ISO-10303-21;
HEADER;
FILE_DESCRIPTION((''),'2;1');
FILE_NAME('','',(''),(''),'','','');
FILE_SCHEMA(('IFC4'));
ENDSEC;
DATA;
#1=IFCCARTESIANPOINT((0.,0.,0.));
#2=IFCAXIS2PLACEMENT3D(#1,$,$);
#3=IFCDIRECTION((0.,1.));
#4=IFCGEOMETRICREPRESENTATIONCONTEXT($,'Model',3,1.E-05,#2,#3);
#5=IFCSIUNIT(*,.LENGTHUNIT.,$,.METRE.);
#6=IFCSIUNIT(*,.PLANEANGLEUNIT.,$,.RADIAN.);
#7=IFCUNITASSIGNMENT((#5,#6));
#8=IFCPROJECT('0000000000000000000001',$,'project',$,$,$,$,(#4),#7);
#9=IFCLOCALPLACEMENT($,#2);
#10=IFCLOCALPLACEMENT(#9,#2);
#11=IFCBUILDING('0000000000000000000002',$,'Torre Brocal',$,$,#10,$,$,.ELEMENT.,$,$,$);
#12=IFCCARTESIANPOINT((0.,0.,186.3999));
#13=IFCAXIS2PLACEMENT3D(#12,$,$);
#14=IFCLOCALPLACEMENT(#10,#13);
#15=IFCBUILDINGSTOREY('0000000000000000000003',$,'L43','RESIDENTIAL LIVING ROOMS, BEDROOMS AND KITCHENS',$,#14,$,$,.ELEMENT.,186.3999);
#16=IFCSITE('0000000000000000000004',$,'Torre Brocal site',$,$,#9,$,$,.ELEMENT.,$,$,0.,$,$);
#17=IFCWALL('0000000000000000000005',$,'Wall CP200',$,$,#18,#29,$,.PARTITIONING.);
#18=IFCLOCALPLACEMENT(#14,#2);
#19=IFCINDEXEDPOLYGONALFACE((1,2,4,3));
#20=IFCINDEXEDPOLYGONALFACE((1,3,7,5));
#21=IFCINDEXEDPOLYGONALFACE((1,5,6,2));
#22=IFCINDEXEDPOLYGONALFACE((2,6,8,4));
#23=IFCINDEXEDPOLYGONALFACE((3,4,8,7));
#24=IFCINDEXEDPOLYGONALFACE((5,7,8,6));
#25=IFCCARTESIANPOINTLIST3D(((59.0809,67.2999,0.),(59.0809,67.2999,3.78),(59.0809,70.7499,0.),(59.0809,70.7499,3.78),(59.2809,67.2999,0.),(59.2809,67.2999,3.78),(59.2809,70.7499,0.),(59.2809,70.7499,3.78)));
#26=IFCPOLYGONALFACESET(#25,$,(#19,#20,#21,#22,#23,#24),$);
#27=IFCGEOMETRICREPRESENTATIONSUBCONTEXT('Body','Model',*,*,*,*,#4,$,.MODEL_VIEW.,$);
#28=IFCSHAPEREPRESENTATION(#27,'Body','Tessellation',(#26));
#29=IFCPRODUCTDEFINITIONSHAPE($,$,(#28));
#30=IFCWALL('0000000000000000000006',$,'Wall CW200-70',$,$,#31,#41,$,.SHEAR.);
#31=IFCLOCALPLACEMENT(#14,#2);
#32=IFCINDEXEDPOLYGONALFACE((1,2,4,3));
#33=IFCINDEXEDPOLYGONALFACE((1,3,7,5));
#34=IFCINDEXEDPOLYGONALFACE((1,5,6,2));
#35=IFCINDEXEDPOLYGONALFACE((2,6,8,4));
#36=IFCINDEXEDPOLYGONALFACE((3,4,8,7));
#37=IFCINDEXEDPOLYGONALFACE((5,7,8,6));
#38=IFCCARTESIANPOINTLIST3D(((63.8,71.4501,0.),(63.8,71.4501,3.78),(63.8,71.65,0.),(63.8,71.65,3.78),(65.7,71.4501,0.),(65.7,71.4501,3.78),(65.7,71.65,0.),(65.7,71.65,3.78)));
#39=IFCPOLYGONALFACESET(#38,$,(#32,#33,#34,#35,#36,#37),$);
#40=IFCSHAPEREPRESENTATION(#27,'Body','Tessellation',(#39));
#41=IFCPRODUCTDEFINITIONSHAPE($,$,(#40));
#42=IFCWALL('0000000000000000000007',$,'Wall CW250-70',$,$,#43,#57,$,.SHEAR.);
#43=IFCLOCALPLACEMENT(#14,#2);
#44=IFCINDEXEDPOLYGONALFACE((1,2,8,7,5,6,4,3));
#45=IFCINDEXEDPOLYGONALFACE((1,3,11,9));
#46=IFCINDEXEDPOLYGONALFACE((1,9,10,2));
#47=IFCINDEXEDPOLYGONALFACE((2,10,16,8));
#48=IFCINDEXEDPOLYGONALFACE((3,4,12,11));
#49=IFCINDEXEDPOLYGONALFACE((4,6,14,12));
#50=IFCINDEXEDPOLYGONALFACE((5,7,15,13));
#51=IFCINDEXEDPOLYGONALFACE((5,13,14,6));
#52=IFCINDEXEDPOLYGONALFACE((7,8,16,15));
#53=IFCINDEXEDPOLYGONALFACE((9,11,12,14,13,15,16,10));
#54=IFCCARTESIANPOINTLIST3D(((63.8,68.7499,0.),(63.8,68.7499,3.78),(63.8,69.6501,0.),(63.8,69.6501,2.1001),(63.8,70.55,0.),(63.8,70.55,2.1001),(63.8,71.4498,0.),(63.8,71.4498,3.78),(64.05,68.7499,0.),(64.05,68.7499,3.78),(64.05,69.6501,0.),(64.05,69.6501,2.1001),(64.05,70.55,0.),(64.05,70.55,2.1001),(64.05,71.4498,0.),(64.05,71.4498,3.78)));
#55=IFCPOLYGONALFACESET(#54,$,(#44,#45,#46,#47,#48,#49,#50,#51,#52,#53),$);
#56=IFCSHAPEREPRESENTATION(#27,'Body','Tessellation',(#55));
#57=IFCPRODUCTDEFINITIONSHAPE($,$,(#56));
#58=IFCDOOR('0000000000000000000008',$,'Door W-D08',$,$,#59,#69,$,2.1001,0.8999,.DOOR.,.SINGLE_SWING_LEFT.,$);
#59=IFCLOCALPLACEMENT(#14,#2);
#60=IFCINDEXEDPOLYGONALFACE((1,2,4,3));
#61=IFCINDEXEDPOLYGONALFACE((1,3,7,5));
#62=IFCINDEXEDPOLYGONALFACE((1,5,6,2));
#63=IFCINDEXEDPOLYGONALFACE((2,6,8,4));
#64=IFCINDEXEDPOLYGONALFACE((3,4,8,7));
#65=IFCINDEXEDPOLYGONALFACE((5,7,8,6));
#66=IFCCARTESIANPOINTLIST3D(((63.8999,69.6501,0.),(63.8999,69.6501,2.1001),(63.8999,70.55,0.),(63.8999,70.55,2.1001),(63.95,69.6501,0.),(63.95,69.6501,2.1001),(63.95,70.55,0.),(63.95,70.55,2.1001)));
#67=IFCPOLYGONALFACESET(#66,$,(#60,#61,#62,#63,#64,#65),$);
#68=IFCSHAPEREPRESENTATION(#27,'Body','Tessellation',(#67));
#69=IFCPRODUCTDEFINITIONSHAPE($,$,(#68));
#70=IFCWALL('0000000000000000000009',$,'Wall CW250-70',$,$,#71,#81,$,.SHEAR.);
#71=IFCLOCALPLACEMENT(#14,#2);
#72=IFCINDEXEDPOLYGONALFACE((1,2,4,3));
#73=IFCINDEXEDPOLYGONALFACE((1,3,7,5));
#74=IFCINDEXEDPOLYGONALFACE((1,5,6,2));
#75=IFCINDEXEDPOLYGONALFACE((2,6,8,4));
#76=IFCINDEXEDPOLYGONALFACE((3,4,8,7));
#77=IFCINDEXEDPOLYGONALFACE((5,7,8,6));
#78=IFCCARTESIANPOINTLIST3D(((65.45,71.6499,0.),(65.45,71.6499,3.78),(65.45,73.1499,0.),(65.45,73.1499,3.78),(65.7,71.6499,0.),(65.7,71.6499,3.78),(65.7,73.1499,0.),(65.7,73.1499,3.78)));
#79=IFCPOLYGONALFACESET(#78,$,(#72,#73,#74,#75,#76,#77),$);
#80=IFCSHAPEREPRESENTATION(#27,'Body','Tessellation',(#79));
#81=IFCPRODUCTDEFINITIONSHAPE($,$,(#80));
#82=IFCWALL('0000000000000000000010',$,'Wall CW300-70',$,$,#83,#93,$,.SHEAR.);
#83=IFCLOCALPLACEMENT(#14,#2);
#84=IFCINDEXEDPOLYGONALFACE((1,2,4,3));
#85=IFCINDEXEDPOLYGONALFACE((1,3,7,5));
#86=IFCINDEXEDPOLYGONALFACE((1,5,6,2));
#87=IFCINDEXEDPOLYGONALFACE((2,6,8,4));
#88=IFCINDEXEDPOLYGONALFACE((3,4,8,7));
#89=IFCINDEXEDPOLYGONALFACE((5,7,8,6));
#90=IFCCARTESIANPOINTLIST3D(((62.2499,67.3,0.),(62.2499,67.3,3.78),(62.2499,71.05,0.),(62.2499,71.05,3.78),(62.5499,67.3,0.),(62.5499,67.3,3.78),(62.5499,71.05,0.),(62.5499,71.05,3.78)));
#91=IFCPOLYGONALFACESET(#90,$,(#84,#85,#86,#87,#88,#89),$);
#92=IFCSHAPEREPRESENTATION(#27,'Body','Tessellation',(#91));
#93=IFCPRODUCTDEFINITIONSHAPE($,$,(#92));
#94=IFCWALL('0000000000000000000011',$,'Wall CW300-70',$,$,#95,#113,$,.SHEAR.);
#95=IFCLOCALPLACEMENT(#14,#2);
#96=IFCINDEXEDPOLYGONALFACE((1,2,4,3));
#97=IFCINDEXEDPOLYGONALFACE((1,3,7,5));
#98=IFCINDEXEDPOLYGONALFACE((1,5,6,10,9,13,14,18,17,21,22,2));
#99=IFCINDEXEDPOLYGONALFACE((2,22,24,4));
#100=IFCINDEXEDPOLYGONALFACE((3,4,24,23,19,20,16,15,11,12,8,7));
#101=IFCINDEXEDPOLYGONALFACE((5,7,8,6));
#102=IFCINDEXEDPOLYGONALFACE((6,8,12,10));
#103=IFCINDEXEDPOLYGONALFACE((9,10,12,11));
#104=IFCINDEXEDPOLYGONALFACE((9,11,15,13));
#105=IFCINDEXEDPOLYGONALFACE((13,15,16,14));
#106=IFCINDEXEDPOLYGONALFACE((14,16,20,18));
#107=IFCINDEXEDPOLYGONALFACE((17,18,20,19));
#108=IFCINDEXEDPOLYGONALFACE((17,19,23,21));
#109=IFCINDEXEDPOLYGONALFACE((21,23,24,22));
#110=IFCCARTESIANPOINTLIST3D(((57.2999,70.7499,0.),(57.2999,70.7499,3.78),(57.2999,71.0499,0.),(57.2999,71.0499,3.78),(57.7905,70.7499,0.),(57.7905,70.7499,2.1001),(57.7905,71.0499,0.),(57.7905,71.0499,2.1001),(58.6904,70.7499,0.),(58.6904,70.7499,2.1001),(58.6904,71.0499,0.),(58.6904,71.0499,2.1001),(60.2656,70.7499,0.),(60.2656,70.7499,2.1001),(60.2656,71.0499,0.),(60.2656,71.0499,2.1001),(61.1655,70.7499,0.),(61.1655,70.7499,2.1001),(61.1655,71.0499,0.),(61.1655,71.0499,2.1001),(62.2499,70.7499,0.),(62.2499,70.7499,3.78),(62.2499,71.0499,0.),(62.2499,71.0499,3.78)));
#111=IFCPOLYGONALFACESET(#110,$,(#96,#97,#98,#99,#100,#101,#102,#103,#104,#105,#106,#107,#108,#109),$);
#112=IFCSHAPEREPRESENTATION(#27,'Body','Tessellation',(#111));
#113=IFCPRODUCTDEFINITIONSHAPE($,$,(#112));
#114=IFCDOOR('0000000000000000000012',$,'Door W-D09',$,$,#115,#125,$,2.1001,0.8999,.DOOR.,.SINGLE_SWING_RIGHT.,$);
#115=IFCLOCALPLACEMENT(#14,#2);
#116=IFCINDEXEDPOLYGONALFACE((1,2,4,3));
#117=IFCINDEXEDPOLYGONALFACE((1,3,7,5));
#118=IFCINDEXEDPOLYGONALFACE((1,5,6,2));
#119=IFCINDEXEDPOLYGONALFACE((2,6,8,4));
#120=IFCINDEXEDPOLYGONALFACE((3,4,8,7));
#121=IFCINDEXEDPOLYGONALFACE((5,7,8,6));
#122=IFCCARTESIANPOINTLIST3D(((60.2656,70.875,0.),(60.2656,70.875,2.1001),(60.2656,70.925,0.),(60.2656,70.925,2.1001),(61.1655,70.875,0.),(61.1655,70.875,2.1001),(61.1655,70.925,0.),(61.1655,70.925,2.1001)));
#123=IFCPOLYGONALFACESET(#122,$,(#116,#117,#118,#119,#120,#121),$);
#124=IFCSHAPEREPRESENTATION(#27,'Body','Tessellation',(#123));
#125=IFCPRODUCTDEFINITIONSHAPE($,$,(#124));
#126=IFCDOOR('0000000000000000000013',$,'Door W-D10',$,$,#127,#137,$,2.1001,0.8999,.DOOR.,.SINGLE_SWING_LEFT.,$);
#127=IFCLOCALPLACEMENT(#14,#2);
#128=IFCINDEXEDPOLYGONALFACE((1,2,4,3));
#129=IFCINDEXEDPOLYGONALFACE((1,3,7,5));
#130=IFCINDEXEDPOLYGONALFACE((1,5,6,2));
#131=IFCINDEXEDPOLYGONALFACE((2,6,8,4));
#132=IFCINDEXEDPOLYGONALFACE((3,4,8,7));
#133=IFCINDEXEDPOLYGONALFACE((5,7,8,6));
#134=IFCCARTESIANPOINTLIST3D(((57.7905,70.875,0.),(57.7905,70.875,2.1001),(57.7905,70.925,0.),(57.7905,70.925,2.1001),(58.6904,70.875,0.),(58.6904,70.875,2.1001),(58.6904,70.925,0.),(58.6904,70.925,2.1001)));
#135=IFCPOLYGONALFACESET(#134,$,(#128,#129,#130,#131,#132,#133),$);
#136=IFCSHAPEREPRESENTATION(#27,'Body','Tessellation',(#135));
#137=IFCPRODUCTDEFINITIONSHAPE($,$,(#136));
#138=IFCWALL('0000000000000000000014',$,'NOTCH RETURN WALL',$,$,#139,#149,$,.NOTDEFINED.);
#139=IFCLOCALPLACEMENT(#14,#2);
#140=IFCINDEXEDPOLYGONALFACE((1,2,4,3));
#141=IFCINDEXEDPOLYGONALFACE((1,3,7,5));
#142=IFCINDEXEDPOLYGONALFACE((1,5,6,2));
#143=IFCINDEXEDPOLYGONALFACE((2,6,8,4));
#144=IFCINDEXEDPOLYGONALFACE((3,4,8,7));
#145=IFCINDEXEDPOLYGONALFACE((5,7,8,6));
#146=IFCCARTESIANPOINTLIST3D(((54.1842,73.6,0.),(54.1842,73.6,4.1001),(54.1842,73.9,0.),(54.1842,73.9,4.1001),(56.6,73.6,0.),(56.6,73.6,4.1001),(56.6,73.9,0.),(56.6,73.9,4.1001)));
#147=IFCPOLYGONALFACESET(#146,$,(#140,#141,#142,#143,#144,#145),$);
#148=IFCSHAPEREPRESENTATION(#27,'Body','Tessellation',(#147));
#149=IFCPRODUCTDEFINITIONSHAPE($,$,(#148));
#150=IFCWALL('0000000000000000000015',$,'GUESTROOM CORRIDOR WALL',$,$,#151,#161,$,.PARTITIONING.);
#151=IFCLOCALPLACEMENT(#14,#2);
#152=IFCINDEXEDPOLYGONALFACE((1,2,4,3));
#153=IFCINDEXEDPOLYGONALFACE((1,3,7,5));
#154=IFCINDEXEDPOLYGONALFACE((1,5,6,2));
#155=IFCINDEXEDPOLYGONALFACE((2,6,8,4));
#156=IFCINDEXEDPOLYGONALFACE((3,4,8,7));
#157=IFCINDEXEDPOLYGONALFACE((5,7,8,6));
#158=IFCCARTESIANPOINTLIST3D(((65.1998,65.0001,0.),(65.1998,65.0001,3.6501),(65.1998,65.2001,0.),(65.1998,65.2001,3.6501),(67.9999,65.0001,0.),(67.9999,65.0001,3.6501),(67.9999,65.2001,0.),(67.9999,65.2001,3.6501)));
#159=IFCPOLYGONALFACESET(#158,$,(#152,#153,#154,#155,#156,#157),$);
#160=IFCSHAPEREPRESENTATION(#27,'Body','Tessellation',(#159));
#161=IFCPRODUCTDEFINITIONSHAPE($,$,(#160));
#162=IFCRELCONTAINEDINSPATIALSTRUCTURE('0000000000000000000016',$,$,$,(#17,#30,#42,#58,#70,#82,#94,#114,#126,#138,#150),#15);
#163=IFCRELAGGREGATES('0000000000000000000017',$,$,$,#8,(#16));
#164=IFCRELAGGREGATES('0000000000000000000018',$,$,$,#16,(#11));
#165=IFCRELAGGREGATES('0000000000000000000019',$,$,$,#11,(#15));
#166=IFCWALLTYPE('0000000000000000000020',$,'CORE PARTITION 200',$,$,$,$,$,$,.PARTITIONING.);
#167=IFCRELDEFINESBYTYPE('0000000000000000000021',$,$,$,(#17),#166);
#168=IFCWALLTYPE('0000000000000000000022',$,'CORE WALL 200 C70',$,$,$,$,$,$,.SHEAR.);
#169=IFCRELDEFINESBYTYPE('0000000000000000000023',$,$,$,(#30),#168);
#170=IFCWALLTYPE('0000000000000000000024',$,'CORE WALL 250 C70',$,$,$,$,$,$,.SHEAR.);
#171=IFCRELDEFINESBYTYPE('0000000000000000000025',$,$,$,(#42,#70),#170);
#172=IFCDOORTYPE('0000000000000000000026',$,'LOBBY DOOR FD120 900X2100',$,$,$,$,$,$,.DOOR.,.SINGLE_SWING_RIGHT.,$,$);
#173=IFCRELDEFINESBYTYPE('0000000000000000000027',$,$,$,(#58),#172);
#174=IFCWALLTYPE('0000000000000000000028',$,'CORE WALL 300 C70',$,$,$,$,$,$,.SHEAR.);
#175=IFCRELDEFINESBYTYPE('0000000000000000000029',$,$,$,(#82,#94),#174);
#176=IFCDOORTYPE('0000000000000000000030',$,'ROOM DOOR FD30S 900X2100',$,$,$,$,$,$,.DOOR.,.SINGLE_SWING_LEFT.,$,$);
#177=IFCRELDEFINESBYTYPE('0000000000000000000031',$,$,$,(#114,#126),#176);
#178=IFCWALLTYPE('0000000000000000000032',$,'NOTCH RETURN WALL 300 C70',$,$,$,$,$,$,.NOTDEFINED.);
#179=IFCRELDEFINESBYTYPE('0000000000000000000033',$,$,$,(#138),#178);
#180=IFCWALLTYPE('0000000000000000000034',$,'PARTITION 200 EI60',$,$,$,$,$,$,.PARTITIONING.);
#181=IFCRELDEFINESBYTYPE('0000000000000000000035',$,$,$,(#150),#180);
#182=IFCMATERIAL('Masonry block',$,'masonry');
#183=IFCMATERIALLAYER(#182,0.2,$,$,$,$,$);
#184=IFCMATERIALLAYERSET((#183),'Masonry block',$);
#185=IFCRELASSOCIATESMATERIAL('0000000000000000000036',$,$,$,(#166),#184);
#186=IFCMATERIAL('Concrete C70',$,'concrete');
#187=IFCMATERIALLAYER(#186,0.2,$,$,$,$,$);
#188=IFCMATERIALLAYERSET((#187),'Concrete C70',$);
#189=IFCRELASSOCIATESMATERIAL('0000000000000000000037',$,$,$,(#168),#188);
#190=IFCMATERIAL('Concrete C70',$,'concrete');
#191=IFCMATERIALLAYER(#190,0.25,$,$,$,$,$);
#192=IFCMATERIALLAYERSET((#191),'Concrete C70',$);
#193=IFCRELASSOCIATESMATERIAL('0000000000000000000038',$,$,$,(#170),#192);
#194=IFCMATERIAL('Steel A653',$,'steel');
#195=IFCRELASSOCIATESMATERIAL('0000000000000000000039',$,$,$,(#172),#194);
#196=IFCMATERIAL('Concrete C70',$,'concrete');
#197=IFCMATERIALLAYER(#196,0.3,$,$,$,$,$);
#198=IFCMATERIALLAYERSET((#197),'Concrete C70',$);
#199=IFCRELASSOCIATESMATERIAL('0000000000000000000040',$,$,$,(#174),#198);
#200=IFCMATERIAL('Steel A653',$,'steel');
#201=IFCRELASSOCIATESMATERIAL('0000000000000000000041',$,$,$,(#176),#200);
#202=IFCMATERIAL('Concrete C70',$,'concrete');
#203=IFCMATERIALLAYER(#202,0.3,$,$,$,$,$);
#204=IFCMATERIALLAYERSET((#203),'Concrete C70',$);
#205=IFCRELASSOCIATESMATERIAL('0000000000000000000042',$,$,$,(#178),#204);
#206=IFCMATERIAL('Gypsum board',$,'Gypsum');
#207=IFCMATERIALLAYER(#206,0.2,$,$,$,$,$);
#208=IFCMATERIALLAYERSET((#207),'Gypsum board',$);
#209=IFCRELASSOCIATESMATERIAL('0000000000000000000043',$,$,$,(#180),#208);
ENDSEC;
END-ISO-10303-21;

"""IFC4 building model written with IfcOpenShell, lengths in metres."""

from ifc_helpers import new_model, si_unit, direction, frame, frame_2d, origin, place, context, subcontext, project, spatial, rectangle, extrude, material, layer, layer_set, type_object, element, fill, save


model = new_model("IFC4")

# Units and contexts
model_context = context("Model", 3, precision=1e-05, world=origin(), true_north=direction((0.0, 1.0)))
body_context = subcontext(model_context, "Body", "Model", "MODEL_VIEW")
ifc_project = project(units=[si_unit("LENGTHUNIT", "METRE"), si_unit("PLANEANGLEUNIT", "RADIAN")], contexts=[model_context])

# Site, building, storey
site_placement = place(None, origin())
site = spatial("IfcSite", under=ifc_project, at=site_placement, Name="Torre Brocal site", CompositionType="ELEMENT", RefElevation=0.0)
building_placement = place(site_placement, origin())
building = spatial("IfcBuilding", under=site, at=building_placement, Name="Torre Brocal", CompositionType="ELEMENT")
storey_placement = place(building_placement, frame((0.0, 0.0, 186.3999)))
storey = spatial("IfcBuildingStorey", under=building, at=storey_placement, Name="L43", Description="RESIDENTIAL LIVING ROOMS, BEDROOMS AND KITCHENS", CompositionType="ELEMENT", Elevation=186.3999)

# Walls
ifc_material_1 = material(Name="Masonry block", Category="masonry")
ifc_layer_1 = layer(ifc_material_1, 0.2)
ifc_layer_set_1 = layer_set([ifc_layer_1], Name="Masonry block")
wall_type_1 = type_object("IfcWallType", Name="CORE PARTITION 200", PredefinedType="PARTITIONING", material=ifc_layer_set_1)
wall_1_placement = place(storey_placement, frame((59.1809, 70.75, 0.0), z_axis=(0.0, 0.0, 1.0), x_axis=(0.0, -1.0, 0.0)))
element("IfcWall", 1, at=wall_1_placement, inside=storey, type_object=wall_type_1, Name="Wall CP200", PredefinedType="PARTITIONING", context=body_context, shape_type="SweptSolid", body=[
    extrude(rectangle(XDim=3.45, YDim=0.2, at=frame_2d((1.7251, 0.0))), origin(), (0.0, 0.0, 1.0), 3.78),
])
ifc_material_2 = material(Name="Concrete C70", Category="concrete")
ifc_layer_2 = layer(ifc_material_2, 0.2)
ifc_layer_set_2 = layer_set([ifc_layer_2], Name="Concrete C70")
wall_type_2 = type_object("IfcWallType", Name="CORE WALL 200 C70", PredefinedType="SHEAR", material=ifc_layer_set_2)
wall_2_placement = place(storey_placement, frame((65.7, 71.55, 0.0), z_axis=(0.0, 0.0, 1.0), x_axis=(-1.0, 0.0, 0.0)))
element("IfcWall", 2, at=wall_2_placement, inside=storey, type_object=wall_type_2, Name="Wall CW200-70", PredefinedType="SHEAR", context=body_context, shape_type="SweptSolid", body=[
    extrude(rectangle(XDim=1.8999, YDim=0.2, at=frame_2d((0.95, 0.0))), origin(), (0.0, 0.0, 1.0), 3.78),
])

# Wall, opening, door
ifc_material_3 = material(Name="Concrete C70", Category="concrete")
ifc_layer_3 = layer(ifc_material_3, 0.25)
ifc_layer_set_3 = layer_set([ifc_layer_3], Name="Concrete C70")
wall_type_3 = type_object("IfcWallType", Name="CORE WALL 250 C70", PredefinedType="SHEAR", material=ifc_layer_set_3)
wall_3_placement = place(storey_placement, frame((63.925, 71.45, 0.0), z_axis=(0.0, 0.0, 1.0), x_axis=(0.0, -1.0, 0.0)))
wall_3 = element("IfcWall", 3, at=wall_3_placement, inside=storey, type_object=wall_type_3, Name="Wall CW250-70", PredefinedType="SHEAR", context=body_context, shape_type="SweptSolid", body=[
    extrude(rectangle(XDim=2.7, YDim=0.25, at=frame_2d((1.3501, 0.0))), origin(), (0.0, 0.0, 1.0), 3.78),
])
opening_1_placement = place(wall_3_placement, frame((0.8999, 0.0, 0.0)))
opening_1 = element("IfcOpeningElement", 4, at=opening_1_placement, cuts=wall_3, PredefinedType="OPENING", context=body_context, shape_type="SweptSolid", body=[
    extrude(rectangle(XDim=0.8999, YDim=2.1001, at=frame_2d((0.45, 1.05))), frame((0.0, 0.135, 0.0), z_axis=(0.0, -1.0, 0.0), x_axis=(1.0, 0.0, 0.0)), (0.0, 0.0, 1.0), 0.27),
])
ifc_material_4 = material(Name="Steel A653", Category="steel")
door_type_1 = type_object("IfcDoorType", Name="LOBBY DOOR FD120 900X2100", OperationType="SINGLE_SWING_RIGHT", PredefinedType="DOOR", material=ifc_material_4)
door_1_placement = place(opening_1_placement, origin())
door_1 = element("IfcDoor", 5, at=door_1_placement, inside=storey, type_object=door_type_1, Name="Door W-D08", OperationType="SINGLE_SWING_LEFT", OverallHeight=2.1001, OverallWidth=0.8999, PredefinedType="DOOR", context=body_context, shape_type="SweptSolid", body=[
    extrude(rectangle(XDim=0.8999, YDim=2.1001, at=frame_2d((0.45, 1.05))), frame((0.0, 0.0249, 0.0), z_axis=(0.0, -1.0, 0.0), x_axis=(1.0, 0.0, 0.0)), (0.0, 0.0, 1.0), 0.05),
])
fill(opening_1, door_1)

# Walls
wall_4_placement = place(storey_placement, frame((65.575, 73.1499, 0.0), z_axis=(0.0, 0.0, 1.0), x_axis=(0.0, -1.0, 0.0)))
element("IfcWall", 6, at=wall_4_placement, inside=storey, type_object=wall_type_3, Name="Wall CW250-70", PredefinedType="SHEAR", context=body_context, shape_type="SweptSolid", body=[
    extrude(rectangle(XDim=1.5, YDim=0.25, at=frame_2d((0.75, 0.0))), origin(), (0.0, 0.0, 1.0), 3.78),
])
ifc_material_5 = material(Name="Concrete C70", Category="concrete")
ifc_layer_4 = layer(ifc_material_5, 0.3)
ifc_layer_set_4 = layer_set([ifc_layer_4], Name="Concrete C70")
wall_type_4 = type_object("IfcWallType", Name="CORE WALL 300 C70", PredefinedType="SHEAR", material=ifc_layer_set_4)
wall_5_placement = place(storey_placement, frame((62.3999, 71.05, 0.0), z_axis=(0.0, 0.0, 1.0), x_axis=(0.0, -1.0, 0.0)))
element("IfcWall", 7, at=wall_5_placement, inside=storey, type_object=wall_type_4, Name="Wall CW300-70", PredefinedType="SHEAR", context=body_context, shape_type="SweptSolid", body=[
    extrude(rectangle(XDim=3.75, YDim=0.3, at=frame_2d((1.875, 0.0))), origin(), (0.0, 0.0, 1.0), 3.78),
])

# Wall, openings, doors
wall_6_placement = place(storey_placement, frame((62.25, 70.8999, 0.0), z_axis=(0.0, 0.0, 1.0), x_axis=(-1.0, 0.0, 0.0)))
wall_6 = element("IfcWall", 8, at=wall_6_placement, inside=storey, type_object=wall_type_4, Name="Wall CW300-70", PredefinedType="SHEAR", context=body_context, shape_type="SweptSolid", body=[
    extrude(rectangle(XDim=4.95, YDim=0.3, at=frame_2d((2.4751, 0.0))), origin(), (0.0, 0.0, 1.0), 3.78),
])
opening_2_placement = place(wall_6_placement, frame((1.0845, 0.0, 0.0)))
opening_2 = element("IfcOpeningElement", 9, at=opening_2_placement, cuts=wall_6, PredefinedType="OPENING", context=body_context, shape_type="SweptSolid", body=[
    extrude(rectangle(XDim=0.8999, YDim=2.1001, at=frame_2d((0.45, 1.05))), frame((0.0, 0.1599, 0.0), z_axis=(0.0, -1.0, 0.0), x_axis=(1.0, 0.0, 0.0)), (0.0, 0.0, 1.0), 0.3201),
])
opening_3_placement = place(wall_6_placement, frame((3.5596, 0.0, 0.0)))
opening_3 = element("IfcOpeningElement", 10, at=opening_3_placement, cuts=wall_6, PredefinedType="OPENING", context=body_context, shape_type="SweptSolid", body=[
    extrude(rectangle(XDim=0.8999, YDim=2.1001, at=frame_2d((0.45, 1.05))), frame((0.0, 0.1599, 0.0), z_axis=(0.0, -1.0, 0.0), x_axis=(1.0, 0.0, 0.0)), (0.0, 0.0, 1.0), 0.3201),
])
ifc_material_6 = material(Name="Steel A653", Category="steel")
door_type_2 = type_object("IfcDoorType", Name="ROOM DOOR FD30S 900X2100", OperationType="SINGLE_SWING_LEFT", PredefinedType="DOOR", material=ifc_material_6)
door_2_placement = place(opening_2_placement, origin())
door_2 = element("IfcDoor", 11, at=door_2_placement, inside=storey, type_object=door_type_2, Name="Door W-D09", OperationType="SINGLE_SWING_RIGHT", OverallHeight=2.1001, OverallWidth=0.8999, PredefinedType="DOOR", context=body_context, shape_type="SweptSolid", body=[
    extrude(rectangle(XDim=0.8999, YDim=2.1001, at=frame_2d((0.45, 1.05))), frame((0.0, 0.0249, 0.0), z_axis=(0.0, -1.0, 0.0), x_axis=(1.0, 0.0, 0.0)), (0.0, 0.0, 1.0), 0.05),
])
fill(opening_2, door_2)
door_3_placement = place(opening_3_placement, origin())
door_3 = element("IfcDoor", 12, at=door_3_placement, inside=storey, type_object=door_type_2, Name="Door W-D10", OperationType="SINGLE_SWING_LEFT", OverallHeight=2.1001, OverallWidth=0.8999, PredefinedType="DOOR", context=body_context, shape_type="SweptSolid", body=[
    extrude(rectangle(XDim=0.8999, YDim=2.1001, at=frame_2d((0.45, 1.05))), frame((0.0, 0.0249, 0.0), z_axis=(0.0, -1.0, 0.0), x_axis=(1.0, 0.0, 0.0)), (0.0, 0.0, 1.0), 0.05),
])
fill(opening_3, door_3)

# Walls
ifc_material_7 = material(Name="Concrete C70", Category="concrete")
ifc_layer_5 = layer(ifc_material_7, 0.3)
ifc_layer_set_5 = layer_set([ifc_layer_5], Name="Concrete C70")
wall_type_5 = type_object("IfcWallType", Name="NOTCH RETURN WALL 300 C70", PredefinedType="NOTDEFINED", material=ifc_layer_set_5)
wall_7_placement = place(storey_placement, frame((56.6001, 73.75, 0.0), z_axis=(0.0, 0.0, 1.0), x_axis=(-1.0, 0.0, 0.0)))
element("IfcWall", 13, at=wall_7_placement, inside=storey, type_object=wall_type_5, Name="NOTCH RETURN WALL", PredefinedType="NOTDEFINED", context=body_context, shape_type="SweptSolid", body=[
    extrude(rectangle(XDim=2.4158, YDim=0.3, at=frame_2d((1.208, 0.0))), origin(), (0.0, 0.0, 1.0), 4.1001),
])
ifc_material_8 = material(Name="Gypsum board", Category="Gypsum")
ifc_layer_6 = layer(ifc_material_8, 0.2)
ifc_layer_set_6 = layer_set([ifc_layer_6], Name="Gypsum board")
wall_type_6 = type_object("IfcWallType", Name="PARTITION 200 EI60", PredefinedType="PARTITIONING", material=ifc_layer_set_6)
wall_8_placement = place(storey_placement, frame((65.2, 65.1001, 0.0), z_axis=(0.0, 0.0, 1.0), x_axis=(1.0, 0.0, 0.0)))
element("IfcWall", 14, at=wall_8_placement, inside=storey, type_object=wall_type_6, Name="GUESTROOM CORRIDOR WALL", PredefinedType="PARTITIONING", context=body_context, shape_type="SweptSolid", body=[
    extrude(rectangle(XDim=2.8, YDim=0.2, at=frame_2d((1.3999, 0.0))), origin(), (0.0, 0.0, 1.0), 3.6501),
])

save(model, "model.ifc")
